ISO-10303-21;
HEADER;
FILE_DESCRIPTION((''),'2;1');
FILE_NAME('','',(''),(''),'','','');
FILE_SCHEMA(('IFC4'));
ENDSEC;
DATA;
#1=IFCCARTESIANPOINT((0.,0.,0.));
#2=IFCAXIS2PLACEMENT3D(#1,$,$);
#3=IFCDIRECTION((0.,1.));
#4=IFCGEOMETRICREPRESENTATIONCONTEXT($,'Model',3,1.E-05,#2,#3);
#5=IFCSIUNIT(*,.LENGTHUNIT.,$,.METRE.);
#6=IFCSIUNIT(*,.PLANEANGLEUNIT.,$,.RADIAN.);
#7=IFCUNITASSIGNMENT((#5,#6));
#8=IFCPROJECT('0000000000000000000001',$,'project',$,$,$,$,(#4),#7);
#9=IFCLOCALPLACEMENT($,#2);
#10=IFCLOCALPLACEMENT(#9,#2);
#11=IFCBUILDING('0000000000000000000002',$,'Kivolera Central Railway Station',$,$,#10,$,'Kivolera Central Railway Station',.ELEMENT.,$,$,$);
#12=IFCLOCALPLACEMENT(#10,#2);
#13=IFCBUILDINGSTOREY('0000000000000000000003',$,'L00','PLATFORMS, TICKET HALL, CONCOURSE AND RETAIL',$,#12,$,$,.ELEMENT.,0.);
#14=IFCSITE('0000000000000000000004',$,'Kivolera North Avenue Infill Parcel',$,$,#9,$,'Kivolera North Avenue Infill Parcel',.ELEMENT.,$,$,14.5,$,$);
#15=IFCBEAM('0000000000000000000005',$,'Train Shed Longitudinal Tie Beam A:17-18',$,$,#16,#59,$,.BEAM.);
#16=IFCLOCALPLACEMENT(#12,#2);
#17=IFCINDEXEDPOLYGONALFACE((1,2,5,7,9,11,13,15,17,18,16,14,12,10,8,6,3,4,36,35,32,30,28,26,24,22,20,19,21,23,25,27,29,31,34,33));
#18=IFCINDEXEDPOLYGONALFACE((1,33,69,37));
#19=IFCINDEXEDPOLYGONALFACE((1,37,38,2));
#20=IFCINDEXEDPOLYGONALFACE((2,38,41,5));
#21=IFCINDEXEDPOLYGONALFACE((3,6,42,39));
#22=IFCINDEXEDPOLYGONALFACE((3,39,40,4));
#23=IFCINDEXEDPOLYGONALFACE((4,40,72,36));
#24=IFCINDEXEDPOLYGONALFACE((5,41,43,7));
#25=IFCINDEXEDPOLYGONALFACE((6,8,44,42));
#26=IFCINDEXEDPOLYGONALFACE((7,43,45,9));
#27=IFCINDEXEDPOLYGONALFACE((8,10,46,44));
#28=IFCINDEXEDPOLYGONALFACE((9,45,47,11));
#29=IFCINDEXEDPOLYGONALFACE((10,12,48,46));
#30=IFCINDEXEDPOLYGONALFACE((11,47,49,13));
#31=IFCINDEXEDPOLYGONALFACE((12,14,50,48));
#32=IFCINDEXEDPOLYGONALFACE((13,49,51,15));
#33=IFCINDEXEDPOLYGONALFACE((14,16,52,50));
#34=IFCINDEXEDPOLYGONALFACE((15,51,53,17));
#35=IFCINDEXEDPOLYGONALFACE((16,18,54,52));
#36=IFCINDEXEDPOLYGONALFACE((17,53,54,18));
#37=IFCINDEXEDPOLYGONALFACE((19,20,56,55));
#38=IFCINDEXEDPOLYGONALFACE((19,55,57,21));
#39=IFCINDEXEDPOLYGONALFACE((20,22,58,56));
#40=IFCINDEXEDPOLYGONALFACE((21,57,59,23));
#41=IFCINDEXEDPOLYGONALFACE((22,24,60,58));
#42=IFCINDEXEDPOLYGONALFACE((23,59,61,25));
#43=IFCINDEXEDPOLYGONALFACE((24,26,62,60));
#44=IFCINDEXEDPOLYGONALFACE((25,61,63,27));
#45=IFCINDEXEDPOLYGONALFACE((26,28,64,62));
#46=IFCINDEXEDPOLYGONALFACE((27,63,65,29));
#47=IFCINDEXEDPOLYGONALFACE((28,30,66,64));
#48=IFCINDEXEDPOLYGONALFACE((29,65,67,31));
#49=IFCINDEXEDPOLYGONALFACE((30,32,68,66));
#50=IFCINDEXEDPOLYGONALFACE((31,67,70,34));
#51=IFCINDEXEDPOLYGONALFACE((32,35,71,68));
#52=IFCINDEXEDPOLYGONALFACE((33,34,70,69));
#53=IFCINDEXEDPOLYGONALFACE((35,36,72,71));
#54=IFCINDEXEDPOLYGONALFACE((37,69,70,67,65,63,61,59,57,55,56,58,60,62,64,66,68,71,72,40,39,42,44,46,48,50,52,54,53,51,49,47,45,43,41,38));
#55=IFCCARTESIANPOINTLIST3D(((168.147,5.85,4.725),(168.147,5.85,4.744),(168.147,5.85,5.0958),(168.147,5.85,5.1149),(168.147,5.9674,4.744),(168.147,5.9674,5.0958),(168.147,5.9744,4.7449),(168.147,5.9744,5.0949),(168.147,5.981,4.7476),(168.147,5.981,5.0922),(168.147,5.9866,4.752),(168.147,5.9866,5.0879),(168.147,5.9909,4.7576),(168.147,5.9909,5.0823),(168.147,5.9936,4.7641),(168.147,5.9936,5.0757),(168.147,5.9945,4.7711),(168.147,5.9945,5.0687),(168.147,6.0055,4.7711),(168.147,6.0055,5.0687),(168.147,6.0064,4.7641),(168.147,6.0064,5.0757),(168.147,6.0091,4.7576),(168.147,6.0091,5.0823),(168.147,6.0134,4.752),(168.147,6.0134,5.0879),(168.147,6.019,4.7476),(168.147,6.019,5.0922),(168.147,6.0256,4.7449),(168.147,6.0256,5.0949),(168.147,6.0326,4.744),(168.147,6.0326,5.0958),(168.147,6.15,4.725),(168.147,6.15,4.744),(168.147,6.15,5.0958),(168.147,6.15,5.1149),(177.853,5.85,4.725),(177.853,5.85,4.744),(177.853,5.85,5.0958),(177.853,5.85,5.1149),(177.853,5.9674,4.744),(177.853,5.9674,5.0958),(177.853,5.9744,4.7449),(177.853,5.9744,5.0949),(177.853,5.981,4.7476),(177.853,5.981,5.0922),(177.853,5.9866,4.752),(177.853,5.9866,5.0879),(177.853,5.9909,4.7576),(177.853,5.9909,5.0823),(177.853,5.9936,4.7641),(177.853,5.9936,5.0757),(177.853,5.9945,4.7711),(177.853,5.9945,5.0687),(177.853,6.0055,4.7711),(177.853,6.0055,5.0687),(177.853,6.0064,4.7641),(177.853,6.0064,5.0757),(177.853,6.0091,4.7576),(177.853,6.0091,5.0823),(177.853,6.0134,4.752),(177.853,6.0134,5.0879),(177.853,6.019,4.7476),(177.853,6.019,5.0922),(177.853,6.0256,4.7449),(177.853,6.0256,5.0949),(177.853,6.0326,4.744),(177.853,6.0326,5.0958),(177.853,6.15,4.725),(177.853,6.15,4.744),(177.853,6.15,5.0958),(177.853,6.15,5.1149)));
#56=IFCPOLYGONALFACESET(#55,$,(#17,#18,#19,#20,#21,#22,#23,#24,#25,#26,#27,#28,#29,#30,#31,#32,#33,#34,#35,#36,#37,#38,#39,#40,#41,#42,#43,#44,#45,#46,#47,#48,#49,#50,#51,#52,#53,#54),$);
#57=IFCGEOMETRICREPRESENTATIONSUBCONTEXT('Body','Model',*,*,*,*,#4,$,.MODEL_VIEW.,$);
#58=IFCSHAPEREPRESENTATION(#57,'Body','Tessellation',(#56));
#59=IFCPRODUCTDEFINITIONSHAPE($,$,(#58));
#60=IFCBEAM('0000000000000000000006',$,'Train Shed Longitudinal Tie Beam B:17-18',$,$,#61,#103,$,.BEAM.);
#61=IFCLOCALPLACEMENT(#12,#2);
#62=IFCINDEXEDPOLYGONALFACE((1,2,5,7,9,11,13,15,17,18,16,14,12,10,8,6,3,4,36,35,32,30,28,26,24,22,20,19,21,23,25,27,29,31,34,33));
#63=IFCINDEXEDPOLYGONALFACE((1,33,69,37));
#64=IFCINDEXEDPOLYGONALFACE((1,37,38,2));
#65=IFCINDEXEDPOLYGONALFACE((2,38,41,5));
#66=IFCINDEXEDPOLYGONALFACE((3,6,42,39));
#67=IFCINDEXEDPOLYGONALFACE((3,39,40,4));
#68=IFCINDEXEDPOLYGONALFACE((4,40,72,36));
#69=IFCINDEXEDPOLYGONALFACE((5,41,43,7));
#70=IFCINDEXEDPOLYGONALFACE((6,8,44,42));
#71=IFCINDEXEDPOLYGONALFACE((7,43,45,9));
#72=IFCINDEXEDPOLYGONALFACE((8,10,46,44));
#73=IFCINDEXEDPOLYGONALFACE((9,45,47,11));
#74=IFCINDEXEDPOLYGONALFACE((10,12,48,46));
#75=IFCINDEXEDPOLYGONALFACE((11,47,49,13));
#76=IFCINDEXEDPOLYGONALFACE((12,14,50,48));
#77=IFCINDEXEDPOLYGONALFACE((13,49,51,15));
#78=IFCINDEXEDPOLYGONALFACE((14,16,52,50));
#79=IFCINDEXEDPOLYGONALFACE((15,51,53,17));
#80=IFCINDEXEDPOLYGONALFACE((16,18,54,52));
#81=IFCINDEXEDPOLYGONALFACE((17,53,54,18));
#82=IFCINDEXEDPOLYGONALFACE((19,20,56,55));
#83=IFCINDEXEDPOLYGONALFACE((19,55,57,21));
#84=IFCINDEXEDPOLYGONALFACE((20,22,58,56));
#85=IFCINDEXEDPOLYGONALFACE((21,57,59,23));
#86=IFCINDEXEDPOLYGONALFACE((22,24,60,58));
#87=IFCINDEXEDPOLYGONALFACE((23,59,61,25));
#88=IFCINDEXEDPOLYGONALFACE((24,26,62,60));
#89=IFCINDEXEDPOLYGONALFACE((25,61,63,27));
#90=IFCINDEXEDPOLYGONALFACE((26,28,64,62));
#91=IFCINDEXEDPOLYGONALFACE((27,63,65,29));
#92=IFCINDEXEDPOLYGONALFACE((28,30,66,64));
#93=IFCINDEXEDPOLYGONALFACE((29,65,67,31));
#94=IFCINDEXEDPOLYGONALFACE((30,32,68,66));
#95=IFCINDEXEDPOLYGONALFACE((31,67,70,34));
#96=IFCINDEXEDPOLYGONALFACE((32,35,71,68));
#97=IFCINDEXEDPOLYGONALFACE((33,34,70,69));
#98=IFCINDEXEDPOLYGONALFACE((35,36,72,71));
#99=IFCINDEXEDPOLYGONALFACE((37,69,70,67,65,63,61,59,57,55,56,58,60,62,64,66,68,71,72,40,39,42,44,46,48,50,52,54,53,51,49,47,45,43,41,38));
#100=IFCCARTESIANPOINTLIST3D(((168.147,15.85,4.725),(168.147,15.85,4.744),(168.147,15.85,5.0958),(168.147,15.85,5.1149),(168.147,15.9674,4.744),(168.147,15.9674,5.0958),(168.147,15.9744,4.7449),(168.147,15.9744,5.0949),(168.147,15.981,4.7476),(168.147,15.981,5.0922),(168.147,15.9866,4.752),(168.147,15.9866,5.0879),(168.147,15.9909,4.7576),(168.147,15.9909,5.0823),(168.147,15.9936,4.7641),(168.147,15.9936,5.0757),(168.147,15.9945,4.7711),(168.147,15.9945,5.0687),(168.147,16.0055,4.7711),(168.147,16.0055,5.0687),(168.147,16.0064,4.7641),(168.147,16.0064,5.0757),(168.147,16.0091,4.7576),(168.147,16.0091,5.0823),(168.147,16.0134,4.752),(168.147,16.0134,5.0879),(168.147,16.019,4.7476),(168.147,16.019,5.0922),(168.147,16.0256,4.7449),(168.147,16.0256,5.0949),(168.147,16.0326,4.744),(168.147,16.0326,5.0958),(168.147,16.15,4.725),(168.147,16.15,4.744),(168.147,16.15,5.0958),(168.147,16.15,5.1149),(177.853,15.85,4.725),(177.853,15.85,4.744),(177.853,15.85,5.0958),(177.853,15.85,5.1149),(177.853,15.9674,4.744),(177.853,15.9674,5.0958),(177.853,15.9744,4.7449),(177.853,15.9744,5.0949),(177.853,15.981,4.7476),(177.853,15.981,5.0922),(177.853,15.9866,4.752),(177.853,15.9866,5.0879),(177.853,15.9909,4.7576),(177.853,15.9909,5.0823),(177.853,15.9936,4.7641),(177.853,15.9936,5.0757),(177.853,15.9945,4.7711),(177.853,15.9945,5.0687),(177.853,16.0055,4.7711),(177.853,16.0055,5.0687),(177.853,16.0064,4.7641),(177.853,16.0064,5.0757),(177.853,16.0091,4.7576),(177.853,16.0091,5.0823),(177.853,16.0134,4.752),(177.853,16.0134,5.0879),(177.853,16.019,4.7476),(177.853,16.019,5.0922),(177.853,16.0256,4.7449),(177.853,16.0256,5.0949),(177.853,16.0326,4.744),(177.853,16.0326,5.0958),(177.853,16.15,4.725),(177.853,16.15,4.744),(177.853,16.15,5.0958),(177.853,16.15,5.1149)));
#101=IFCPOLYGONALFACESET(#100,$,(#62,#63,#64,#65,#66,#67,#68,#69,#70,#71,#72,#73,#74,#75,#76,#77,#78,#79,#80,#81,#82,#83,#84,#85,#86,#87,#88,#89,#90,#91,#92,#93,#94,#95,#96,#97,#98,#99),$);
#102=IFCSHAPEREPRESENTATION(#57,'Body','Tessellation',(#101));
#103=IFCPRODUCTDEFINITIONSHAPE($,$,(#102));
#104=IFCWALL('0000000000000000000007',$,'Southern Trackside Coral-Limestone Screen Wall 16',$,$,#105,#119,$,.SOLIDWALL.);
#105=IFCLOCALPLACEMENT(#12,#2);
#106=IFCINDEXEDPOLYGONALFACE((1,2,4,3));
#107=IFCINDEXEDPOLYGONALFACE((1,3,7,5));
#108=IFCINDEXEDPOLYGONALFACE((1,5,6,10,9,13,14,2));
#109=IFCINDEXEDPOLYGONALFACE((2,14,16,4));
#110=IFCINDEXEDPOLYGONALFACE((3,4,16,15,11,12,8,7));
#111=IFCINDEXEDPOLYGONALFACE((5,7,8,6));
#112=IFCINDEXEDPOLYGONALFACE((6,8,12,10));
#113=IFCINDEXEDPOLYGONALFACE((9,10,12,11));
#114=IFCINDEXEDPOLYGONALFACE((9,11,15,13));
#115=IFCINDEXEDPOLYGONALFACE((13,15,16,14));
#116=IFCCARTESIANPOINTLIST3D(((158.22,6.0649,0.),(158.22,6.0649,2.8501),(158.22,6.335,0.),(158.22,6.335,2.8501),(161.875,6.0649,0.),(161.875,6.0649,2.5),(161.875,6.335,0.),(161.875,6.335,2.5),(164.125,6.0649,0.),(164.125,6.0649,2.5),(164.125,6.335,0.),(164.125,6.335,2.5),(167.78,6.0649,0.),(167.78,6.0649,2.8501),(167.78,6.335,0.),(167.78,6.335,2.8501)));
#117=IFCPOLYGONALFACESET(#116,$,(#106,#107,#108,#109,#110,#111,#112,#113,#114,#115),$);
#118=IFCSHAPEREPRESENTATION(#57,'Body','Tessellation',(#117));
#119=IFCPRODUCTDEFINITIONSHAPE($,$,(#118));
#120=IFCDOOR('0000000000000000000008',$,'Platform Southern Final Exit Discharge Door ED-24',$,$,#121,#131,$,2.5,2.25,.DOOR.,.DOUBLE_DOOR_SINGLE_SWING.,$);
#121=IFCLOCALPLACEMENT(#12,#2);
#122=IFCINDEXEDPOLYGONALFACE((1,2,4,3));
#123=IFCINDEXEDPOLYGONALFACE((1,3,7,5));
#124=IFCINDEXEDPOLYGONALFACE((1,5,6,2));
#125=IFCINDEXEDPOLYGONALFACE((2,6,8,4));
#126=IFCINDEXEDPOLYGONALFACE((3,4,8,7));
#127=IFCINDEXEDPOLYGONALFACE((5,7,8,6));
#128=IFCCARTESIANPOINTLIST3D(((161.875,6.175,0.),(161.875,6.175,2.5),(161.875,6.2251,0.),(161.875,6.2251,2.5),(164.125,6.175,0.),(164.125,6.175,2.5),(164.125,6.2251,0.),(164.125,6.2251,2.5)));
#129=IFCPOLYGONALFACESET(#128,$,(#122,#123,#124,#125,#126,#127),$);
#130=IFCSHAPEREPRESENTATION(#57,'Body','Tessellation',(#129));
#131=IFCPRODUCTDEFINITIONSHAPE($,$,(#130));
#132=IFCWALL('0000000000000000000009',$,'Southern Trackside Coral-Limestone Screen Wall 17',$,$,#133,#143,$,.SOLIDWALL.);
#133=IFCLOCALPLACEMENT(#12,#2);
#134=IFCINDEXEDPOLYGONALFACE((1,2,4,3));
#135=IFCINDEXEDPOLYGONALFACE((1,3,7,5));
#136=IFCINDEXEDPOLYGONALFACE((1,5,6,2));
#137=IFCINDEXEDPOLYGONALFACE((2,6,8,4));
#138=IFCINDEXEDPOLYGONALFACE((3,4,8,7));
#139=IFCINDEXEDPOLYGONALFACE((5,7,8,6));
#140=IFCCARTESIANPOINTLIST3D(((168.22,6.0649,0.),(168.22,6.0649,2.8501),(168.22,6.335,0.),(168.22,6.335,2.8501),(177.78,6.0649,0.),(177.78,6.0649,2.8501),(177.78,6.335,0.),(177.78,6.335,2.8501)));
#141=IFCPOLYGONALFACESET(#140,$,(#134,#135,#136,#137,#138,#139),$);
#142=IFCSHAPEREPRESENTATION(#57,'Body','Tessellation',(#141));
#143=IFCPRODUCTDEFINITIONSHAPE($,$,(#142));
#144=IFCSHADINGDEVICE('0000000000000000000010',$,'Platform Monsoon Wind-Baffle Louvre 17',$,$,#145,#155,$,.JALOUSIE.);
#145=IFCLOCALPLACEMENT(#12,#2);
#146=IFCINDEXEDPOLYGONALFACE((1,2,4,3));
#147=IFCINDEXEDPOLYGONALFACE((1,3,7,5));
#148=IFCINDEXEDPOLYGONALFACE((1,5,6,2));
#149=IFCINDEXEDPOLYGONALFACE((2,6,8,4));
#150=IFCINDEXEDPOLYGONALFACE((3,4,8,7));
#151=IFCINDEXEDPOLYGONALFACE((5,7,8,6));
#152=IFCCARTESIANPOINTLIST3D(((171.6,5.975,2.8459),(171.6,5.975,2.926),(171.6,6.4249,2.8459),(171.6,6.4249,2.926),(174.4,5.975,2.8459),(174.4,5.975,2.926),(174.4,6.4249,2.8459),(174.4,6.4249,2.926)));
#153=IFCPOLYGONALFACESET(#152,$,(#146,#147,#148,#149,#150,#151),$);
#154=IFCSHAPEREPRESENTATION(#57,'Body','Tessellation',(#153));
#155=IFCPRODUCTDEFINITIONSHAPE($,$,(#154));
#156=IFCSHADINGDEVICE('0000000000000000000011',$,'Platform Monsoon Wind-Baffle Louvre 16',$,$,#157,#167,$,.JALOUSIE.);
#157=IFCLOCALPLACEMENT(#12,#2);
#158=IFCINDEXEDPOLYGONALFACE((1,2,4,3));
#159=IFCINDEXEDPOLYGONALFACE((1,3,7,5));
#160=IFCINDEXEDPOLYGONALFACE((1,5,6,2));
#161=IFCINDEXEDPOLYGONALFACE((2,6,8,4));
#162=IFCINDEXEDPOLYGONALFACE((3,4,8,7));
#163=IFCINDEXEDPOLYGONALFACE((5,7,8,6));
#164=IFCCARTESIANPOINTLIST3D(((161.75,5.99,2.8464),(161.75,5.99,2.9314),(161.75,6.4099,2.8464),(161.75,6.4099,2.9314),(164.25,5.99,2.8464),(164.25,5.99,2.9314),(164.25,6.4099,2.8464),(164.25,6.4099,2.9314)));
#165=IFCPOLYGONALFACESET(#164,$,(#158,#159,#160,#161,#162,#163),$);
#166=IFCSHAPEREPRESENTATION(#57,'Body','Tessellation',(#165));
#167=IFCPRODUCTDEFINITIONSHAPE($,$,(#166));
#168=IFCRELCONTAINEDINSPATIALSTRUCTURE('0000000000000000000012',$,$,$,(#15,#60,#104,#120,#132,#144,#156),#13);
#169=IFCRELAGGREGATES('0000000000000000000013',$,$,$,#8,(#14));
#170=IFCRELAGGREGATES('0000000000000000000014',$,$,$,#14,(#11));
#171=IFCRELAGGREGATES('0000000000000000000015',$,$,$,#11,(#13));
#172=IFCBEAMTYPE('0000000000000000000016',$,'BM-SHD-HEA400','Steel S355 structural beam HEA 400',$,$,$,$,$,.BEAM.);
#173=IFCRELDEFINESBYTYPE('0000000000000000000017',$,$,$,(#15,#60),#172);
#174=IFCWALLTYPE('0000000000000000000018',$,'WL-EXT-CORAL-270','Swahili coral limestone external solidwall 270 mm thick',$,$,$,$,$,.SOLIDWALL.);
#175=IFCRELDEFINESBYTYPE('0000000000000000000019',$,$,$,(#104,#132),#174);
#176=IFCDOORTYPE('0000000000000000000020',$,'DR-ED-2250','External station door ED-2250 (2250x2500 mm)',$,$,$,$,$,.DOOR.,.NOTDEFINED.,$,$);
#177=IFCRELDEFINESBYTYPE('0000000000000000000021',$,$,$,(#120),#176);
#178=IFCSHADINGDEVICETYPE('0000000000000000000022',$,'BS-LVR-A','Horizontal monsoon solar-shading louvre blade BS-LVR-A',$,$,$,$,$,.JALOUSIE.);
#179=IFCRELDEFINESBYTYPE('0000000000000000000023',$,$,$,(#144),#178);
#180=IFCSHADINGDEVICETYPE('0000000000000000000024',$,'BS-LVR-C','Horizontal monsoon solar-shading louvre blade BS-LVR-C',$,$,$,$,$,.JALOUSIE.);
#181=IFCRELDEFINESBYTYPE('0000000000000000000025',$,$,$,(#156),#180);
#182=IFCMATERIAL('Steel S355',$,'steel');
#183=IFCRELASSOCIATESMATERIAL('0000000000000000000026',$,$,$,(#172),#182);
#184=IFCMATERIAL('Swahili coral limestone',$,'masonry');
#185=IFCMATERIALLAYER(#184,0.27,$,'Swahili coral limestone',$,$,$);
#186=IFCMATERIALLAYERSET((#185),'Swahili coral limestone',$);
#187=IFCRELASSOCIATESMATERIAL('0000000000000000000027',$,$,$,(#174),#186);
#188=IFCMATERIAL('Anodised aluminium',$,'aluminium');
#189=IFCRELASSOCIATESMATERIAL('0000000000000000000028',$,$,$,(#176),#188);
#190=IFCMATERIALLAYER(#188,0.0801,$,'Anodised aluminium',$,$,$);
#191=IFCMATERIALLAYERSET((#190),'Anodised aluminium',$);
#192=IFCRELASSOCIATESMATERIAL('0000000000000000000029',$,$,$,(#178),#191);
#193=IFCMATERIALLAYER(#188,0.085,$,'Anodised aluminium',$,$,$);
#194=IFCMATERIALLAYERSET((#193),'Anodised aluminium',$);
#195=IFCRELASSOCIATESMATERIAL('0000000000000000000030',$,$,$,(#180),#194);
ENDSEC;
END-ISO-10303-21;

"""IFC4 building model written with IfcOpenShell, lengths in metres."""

from ifc_helpers import new_model, si_unit, direction, frame, frame_2d, origin, origin_2d, place, context, subcontext, project, spatial, rectangle, i_section, extrude, material, layer, layer_set, material_profile, profile_set, type_object, element, fill, save


model = new_model("IFC4")

# Units and contexts
model_context = context("Model", 3, precision=1e-05, world=origin(), true_north=direction((0.0, 1.0)))
body_context = subcontext(model_context, "Body", "Model", "MODEL_VIEW")
ifc_project = project(units=[si_unit("LENGTHUNIT", "METRE"), si_unit("PLANEANGLEUNIT", "RADIAN")], contexts=[model_context])

# Site, building, storey
site_placement = place(None, origin())
site = spatial("IfcSite", under=ifc_project, at=site_placement, Name="Kivolera North Avenue Infill Parcel", LongName="Kivolera North Avenue Infill Parcel", CompositionType="ELEMENT", RefElevation=14.5)
building_placement = place(site_placement, origin())
building = spatial("IfcBuilding", under=site, at=building_placement, Name="Kivolera Central Railway Station", LongName="Kivolera Central Railway Station", CompositionType="ELEMENT")
storey_placement = place(building_placement, origin())
storey = spatial("IfcBuildingStorey", under=building, at=storey_placement, Name="L00", Description="PLATFORMS, TICKET HALL, CONCOURSE AND RETAIL", CompositionType="ELEMENT", Elevation=0.0)

# Shared definitions
ifc_material_1 = material(Name="Steel S355", Category="steel")

# Beams
ifc_material_profile_1 = material_profile(ifc_material_1, i_section(OverallWidth=0.3, OverallDepth=0.3899, WebThickness=0.011, FlangeThickness=0.019, FilletRadius=0.0271, at=origin_2d()), Name="HEA 400")
ifc_profile_set_1 = profile_set([ifc_material_profile_1], Name="Steel S355")
beam_type = type_object("IfcBeamType", Name="BM-SHD-HEA400", Description="Steel S355 structural beam HEA 400", PredefinedType="BEAM", material=ifc_profile_set_1)
for number, where, z_axis, x_axis, name in (
    (1, (168.147, 6.0, 4.9199), (1.0, 0.0, 0.0), (0.0, 1.0, 0.0), "Train Shed Longitudinal Tie Beam A:17-18"),
    (2, (168.147, 16.0, 4.9199), (1.0, 0.0, 0.0), (0.0, 1.0, 0.0), "Train Shed Longitudinal Tie Beam B:17-18"),
):
    element("IfcBeam", number, at=place(storey_placement, frame(where, z_axis=z_axis, x_axis=x_axis)), inside=storey, type_object=beam_type, Name=name, PredefinedType="BEAM", context=body_context, shape_type="SweptSolid", body=[
        extrude(i_section(OverallWidth=0.3, OverallDepth=0.3899, WebThickness=0.011, FlangeThickness=0.019, FilletRadius=0.0271, at=origin_2d()), origin(), (0.0, 0.0, 1.0), 9.7061),
    ])

# Wall, opening, door
ifc_material_2 = material(Name="Swahili coral limestone", Category="masonry")
ifc_layer_1 = layer(ifc_material_2, 0.27, Name="Swahili coral limestone")
ifc_layer_set_1 = layer_set([ifc_layer_1], Name="Swahili coral limestone")
wall_type = type_object("IfcWallType", Name="WL-EXT-CORAL-270", Description="Swahili coral limestone external solidwall 270 mm thick", PredefinedType="SOLIDWALL", material=ifc_layer_set_1)
wall_1_placement = place(storey_placement, frame((167.78, 6.2, 0.0), z_axis=(0.0, 0.0, 1.0), x_axis=(-1.0, 0.0, 0.0)))
wall_1 = element("IfcWall", 3, at=wall_1_placement, inside=storey, type_object=wall_type, Name="Southern Trackside Coral-Limestone Screen Wall 16", PredefinedType="SOLIDWALL", context=body_context, shape_type="SweptSolid", body=[
    extrude(rectangle(XDim=9.5601, YDim=0.27, at=frame_2d((4.78, 0.0))), origin(), (0.0, 0.0, 1.0), 2.8501),
])
opening_placement = place(wall_1_placement, frame((3.655, 0.0, 0.0)))
opening = element("IfcOpeningElement", 4, at=opening_placement, cuts=wall_1, PredefinedType="OPENING", context=body_context, shape_type="SweptSolid", body=[
    extrude(rectangle(XDim=2.25, YDim=2.5, at=frame_2d((1.125, 1.25))), frame((0.0, 0.145, 0.0), z_axis=(0.0, -1.0, 0.0), x_axis=(1.0, 0.0, 0.0)), (0.0, 0.0, 1.0), 0.29),
])
ifc_material_3 = material(Name="Anodised aluminium", Category="aluminium")
door_type = type_object("IfcDoorType", Name="DR-ED-2250", Description="External station door ED-2250 (2250x2500 mm)", OperationType="NOTDEFINED", PredefinedType="DOOR", material=ifc_material_3)
door_placement = place(opening_placement, origin())
door = element("IfcDoor", 5, at=door_placement, inside=storey, type_object=door_type, Name="Platform Southern Final Exit Discharge Door ED-24", OperationType="DOUBLE_DOOR_SINGLE_SWING", OverallHeight=2.5, OverallWidth=2.25, PredefinedType="DOOR", context=body_context, shape_type="SweptSolid", body=[
    extrude(rectangle(XDim=2.25, YDim=2.5, at=frame_2d((1.125, 1.25))), frame((0.0, 0.0249, 0.0), z_axis=(0.0, -1.0, 0.0), x_axis=(1.0, 0.0, 0.0)), (0.0, 0.0, 1.0), 0.05),
])
fill(opening, door)

# Wall
wall_2_placement = place(storey_placement, frame((177.78, 6.2, 0.0), z_axis=(0.0, 0.0, 1.0), x_axis=(-1.0, 0.0, 0.0)))
element("IfcWall", 6, at=wall_2_placement, inside=storey, type_object=wall_type, Name="Southern Trackside Coral-Limestone Screen Wall 17", PredefinedType="SOLIDWALL", context=body_context, shape_type="SweptSolid", body=[
    extrude(rectangle(XDim=9.5601, YDim=0.27, at=frame_2d((4.78, 0.0))), origin(), (0.0, 0.0, 1.0), 2.8501),
])

# Shading devices
ifc_layer_2 = layer(ifc_material_3, 0.0801, Name="Anodised aluminium")
ifc_layer_set_2 = layer_set([ifc_layer_2], Name="Anodised aluminium")
shading_device_type_1 = type_object("IfcShadingDeviceType", Name="BS-LVR-A", Description="Horizontal monsoon solar-shading louvre blade BS-LVR-A", PredefinedType="JALOUSIE", material=ifc_layer_set_2)
shading_device_1_placement = place(storey_placement, frame((173.0, 6.2, 2.8459), z_axis=(0.0, 0.0, 1.0), x_axis=(1.0, 0.0, 0.0)))
element("IfcShadingDevice", 7, at=shading_device_1_placement, inside=storey, type_object=shading_device_type_1, Name="Platform Monsoon Wind-Baffle Louvre 17", PredefinedType="JALOUSIE", context=body_context, shape_type="SweptSolid", body=[
    extrude(rectangle(XDim=2.8, YDim=0.45, at=origin_2d()), origin(), (0.0, 0.0, 1.0), 0.0801),
])
ifc_layer_3 = layer(ifc_material_3, 0.085, Name="Anodised aluminium")
ifc_layer_set_3 = layer_set([ifc_layer_3], Name="Anodised aluminium")
shading_device_type_2 = type_object("IfcShadingDeviceType", Name="BS-LVR-C", Description="Horizontal monsoon solar-shading louvre blade BS-LVR-C", PredefinedType="JALOUSIE", material=ifc_layer_set_3)
shading_device_2_placement = place(storey_placement, frame((163.0, 6.2, 2.8464), z_axis=(0.0, 0.0, 1.0), x_axis=(1.0, 0.0, 0.0)))
element("IfcShadingDevice", 8, at=shading_device_2_placement, inside=storey, type_object=shading_device_type_2, Name="Platform Monsoon Wind-Baffle Louvre 16", PredefinedType="JALOUSIE", context=body_context, shape_type="SweptSolid", body=[
    extrude(rectangle(XDim=2.5, YDim=0.4199, at=origin_2d()), origin(), (0.0, 0.0, 1.0), 0.085),
])

save(model, "model.ifc")
